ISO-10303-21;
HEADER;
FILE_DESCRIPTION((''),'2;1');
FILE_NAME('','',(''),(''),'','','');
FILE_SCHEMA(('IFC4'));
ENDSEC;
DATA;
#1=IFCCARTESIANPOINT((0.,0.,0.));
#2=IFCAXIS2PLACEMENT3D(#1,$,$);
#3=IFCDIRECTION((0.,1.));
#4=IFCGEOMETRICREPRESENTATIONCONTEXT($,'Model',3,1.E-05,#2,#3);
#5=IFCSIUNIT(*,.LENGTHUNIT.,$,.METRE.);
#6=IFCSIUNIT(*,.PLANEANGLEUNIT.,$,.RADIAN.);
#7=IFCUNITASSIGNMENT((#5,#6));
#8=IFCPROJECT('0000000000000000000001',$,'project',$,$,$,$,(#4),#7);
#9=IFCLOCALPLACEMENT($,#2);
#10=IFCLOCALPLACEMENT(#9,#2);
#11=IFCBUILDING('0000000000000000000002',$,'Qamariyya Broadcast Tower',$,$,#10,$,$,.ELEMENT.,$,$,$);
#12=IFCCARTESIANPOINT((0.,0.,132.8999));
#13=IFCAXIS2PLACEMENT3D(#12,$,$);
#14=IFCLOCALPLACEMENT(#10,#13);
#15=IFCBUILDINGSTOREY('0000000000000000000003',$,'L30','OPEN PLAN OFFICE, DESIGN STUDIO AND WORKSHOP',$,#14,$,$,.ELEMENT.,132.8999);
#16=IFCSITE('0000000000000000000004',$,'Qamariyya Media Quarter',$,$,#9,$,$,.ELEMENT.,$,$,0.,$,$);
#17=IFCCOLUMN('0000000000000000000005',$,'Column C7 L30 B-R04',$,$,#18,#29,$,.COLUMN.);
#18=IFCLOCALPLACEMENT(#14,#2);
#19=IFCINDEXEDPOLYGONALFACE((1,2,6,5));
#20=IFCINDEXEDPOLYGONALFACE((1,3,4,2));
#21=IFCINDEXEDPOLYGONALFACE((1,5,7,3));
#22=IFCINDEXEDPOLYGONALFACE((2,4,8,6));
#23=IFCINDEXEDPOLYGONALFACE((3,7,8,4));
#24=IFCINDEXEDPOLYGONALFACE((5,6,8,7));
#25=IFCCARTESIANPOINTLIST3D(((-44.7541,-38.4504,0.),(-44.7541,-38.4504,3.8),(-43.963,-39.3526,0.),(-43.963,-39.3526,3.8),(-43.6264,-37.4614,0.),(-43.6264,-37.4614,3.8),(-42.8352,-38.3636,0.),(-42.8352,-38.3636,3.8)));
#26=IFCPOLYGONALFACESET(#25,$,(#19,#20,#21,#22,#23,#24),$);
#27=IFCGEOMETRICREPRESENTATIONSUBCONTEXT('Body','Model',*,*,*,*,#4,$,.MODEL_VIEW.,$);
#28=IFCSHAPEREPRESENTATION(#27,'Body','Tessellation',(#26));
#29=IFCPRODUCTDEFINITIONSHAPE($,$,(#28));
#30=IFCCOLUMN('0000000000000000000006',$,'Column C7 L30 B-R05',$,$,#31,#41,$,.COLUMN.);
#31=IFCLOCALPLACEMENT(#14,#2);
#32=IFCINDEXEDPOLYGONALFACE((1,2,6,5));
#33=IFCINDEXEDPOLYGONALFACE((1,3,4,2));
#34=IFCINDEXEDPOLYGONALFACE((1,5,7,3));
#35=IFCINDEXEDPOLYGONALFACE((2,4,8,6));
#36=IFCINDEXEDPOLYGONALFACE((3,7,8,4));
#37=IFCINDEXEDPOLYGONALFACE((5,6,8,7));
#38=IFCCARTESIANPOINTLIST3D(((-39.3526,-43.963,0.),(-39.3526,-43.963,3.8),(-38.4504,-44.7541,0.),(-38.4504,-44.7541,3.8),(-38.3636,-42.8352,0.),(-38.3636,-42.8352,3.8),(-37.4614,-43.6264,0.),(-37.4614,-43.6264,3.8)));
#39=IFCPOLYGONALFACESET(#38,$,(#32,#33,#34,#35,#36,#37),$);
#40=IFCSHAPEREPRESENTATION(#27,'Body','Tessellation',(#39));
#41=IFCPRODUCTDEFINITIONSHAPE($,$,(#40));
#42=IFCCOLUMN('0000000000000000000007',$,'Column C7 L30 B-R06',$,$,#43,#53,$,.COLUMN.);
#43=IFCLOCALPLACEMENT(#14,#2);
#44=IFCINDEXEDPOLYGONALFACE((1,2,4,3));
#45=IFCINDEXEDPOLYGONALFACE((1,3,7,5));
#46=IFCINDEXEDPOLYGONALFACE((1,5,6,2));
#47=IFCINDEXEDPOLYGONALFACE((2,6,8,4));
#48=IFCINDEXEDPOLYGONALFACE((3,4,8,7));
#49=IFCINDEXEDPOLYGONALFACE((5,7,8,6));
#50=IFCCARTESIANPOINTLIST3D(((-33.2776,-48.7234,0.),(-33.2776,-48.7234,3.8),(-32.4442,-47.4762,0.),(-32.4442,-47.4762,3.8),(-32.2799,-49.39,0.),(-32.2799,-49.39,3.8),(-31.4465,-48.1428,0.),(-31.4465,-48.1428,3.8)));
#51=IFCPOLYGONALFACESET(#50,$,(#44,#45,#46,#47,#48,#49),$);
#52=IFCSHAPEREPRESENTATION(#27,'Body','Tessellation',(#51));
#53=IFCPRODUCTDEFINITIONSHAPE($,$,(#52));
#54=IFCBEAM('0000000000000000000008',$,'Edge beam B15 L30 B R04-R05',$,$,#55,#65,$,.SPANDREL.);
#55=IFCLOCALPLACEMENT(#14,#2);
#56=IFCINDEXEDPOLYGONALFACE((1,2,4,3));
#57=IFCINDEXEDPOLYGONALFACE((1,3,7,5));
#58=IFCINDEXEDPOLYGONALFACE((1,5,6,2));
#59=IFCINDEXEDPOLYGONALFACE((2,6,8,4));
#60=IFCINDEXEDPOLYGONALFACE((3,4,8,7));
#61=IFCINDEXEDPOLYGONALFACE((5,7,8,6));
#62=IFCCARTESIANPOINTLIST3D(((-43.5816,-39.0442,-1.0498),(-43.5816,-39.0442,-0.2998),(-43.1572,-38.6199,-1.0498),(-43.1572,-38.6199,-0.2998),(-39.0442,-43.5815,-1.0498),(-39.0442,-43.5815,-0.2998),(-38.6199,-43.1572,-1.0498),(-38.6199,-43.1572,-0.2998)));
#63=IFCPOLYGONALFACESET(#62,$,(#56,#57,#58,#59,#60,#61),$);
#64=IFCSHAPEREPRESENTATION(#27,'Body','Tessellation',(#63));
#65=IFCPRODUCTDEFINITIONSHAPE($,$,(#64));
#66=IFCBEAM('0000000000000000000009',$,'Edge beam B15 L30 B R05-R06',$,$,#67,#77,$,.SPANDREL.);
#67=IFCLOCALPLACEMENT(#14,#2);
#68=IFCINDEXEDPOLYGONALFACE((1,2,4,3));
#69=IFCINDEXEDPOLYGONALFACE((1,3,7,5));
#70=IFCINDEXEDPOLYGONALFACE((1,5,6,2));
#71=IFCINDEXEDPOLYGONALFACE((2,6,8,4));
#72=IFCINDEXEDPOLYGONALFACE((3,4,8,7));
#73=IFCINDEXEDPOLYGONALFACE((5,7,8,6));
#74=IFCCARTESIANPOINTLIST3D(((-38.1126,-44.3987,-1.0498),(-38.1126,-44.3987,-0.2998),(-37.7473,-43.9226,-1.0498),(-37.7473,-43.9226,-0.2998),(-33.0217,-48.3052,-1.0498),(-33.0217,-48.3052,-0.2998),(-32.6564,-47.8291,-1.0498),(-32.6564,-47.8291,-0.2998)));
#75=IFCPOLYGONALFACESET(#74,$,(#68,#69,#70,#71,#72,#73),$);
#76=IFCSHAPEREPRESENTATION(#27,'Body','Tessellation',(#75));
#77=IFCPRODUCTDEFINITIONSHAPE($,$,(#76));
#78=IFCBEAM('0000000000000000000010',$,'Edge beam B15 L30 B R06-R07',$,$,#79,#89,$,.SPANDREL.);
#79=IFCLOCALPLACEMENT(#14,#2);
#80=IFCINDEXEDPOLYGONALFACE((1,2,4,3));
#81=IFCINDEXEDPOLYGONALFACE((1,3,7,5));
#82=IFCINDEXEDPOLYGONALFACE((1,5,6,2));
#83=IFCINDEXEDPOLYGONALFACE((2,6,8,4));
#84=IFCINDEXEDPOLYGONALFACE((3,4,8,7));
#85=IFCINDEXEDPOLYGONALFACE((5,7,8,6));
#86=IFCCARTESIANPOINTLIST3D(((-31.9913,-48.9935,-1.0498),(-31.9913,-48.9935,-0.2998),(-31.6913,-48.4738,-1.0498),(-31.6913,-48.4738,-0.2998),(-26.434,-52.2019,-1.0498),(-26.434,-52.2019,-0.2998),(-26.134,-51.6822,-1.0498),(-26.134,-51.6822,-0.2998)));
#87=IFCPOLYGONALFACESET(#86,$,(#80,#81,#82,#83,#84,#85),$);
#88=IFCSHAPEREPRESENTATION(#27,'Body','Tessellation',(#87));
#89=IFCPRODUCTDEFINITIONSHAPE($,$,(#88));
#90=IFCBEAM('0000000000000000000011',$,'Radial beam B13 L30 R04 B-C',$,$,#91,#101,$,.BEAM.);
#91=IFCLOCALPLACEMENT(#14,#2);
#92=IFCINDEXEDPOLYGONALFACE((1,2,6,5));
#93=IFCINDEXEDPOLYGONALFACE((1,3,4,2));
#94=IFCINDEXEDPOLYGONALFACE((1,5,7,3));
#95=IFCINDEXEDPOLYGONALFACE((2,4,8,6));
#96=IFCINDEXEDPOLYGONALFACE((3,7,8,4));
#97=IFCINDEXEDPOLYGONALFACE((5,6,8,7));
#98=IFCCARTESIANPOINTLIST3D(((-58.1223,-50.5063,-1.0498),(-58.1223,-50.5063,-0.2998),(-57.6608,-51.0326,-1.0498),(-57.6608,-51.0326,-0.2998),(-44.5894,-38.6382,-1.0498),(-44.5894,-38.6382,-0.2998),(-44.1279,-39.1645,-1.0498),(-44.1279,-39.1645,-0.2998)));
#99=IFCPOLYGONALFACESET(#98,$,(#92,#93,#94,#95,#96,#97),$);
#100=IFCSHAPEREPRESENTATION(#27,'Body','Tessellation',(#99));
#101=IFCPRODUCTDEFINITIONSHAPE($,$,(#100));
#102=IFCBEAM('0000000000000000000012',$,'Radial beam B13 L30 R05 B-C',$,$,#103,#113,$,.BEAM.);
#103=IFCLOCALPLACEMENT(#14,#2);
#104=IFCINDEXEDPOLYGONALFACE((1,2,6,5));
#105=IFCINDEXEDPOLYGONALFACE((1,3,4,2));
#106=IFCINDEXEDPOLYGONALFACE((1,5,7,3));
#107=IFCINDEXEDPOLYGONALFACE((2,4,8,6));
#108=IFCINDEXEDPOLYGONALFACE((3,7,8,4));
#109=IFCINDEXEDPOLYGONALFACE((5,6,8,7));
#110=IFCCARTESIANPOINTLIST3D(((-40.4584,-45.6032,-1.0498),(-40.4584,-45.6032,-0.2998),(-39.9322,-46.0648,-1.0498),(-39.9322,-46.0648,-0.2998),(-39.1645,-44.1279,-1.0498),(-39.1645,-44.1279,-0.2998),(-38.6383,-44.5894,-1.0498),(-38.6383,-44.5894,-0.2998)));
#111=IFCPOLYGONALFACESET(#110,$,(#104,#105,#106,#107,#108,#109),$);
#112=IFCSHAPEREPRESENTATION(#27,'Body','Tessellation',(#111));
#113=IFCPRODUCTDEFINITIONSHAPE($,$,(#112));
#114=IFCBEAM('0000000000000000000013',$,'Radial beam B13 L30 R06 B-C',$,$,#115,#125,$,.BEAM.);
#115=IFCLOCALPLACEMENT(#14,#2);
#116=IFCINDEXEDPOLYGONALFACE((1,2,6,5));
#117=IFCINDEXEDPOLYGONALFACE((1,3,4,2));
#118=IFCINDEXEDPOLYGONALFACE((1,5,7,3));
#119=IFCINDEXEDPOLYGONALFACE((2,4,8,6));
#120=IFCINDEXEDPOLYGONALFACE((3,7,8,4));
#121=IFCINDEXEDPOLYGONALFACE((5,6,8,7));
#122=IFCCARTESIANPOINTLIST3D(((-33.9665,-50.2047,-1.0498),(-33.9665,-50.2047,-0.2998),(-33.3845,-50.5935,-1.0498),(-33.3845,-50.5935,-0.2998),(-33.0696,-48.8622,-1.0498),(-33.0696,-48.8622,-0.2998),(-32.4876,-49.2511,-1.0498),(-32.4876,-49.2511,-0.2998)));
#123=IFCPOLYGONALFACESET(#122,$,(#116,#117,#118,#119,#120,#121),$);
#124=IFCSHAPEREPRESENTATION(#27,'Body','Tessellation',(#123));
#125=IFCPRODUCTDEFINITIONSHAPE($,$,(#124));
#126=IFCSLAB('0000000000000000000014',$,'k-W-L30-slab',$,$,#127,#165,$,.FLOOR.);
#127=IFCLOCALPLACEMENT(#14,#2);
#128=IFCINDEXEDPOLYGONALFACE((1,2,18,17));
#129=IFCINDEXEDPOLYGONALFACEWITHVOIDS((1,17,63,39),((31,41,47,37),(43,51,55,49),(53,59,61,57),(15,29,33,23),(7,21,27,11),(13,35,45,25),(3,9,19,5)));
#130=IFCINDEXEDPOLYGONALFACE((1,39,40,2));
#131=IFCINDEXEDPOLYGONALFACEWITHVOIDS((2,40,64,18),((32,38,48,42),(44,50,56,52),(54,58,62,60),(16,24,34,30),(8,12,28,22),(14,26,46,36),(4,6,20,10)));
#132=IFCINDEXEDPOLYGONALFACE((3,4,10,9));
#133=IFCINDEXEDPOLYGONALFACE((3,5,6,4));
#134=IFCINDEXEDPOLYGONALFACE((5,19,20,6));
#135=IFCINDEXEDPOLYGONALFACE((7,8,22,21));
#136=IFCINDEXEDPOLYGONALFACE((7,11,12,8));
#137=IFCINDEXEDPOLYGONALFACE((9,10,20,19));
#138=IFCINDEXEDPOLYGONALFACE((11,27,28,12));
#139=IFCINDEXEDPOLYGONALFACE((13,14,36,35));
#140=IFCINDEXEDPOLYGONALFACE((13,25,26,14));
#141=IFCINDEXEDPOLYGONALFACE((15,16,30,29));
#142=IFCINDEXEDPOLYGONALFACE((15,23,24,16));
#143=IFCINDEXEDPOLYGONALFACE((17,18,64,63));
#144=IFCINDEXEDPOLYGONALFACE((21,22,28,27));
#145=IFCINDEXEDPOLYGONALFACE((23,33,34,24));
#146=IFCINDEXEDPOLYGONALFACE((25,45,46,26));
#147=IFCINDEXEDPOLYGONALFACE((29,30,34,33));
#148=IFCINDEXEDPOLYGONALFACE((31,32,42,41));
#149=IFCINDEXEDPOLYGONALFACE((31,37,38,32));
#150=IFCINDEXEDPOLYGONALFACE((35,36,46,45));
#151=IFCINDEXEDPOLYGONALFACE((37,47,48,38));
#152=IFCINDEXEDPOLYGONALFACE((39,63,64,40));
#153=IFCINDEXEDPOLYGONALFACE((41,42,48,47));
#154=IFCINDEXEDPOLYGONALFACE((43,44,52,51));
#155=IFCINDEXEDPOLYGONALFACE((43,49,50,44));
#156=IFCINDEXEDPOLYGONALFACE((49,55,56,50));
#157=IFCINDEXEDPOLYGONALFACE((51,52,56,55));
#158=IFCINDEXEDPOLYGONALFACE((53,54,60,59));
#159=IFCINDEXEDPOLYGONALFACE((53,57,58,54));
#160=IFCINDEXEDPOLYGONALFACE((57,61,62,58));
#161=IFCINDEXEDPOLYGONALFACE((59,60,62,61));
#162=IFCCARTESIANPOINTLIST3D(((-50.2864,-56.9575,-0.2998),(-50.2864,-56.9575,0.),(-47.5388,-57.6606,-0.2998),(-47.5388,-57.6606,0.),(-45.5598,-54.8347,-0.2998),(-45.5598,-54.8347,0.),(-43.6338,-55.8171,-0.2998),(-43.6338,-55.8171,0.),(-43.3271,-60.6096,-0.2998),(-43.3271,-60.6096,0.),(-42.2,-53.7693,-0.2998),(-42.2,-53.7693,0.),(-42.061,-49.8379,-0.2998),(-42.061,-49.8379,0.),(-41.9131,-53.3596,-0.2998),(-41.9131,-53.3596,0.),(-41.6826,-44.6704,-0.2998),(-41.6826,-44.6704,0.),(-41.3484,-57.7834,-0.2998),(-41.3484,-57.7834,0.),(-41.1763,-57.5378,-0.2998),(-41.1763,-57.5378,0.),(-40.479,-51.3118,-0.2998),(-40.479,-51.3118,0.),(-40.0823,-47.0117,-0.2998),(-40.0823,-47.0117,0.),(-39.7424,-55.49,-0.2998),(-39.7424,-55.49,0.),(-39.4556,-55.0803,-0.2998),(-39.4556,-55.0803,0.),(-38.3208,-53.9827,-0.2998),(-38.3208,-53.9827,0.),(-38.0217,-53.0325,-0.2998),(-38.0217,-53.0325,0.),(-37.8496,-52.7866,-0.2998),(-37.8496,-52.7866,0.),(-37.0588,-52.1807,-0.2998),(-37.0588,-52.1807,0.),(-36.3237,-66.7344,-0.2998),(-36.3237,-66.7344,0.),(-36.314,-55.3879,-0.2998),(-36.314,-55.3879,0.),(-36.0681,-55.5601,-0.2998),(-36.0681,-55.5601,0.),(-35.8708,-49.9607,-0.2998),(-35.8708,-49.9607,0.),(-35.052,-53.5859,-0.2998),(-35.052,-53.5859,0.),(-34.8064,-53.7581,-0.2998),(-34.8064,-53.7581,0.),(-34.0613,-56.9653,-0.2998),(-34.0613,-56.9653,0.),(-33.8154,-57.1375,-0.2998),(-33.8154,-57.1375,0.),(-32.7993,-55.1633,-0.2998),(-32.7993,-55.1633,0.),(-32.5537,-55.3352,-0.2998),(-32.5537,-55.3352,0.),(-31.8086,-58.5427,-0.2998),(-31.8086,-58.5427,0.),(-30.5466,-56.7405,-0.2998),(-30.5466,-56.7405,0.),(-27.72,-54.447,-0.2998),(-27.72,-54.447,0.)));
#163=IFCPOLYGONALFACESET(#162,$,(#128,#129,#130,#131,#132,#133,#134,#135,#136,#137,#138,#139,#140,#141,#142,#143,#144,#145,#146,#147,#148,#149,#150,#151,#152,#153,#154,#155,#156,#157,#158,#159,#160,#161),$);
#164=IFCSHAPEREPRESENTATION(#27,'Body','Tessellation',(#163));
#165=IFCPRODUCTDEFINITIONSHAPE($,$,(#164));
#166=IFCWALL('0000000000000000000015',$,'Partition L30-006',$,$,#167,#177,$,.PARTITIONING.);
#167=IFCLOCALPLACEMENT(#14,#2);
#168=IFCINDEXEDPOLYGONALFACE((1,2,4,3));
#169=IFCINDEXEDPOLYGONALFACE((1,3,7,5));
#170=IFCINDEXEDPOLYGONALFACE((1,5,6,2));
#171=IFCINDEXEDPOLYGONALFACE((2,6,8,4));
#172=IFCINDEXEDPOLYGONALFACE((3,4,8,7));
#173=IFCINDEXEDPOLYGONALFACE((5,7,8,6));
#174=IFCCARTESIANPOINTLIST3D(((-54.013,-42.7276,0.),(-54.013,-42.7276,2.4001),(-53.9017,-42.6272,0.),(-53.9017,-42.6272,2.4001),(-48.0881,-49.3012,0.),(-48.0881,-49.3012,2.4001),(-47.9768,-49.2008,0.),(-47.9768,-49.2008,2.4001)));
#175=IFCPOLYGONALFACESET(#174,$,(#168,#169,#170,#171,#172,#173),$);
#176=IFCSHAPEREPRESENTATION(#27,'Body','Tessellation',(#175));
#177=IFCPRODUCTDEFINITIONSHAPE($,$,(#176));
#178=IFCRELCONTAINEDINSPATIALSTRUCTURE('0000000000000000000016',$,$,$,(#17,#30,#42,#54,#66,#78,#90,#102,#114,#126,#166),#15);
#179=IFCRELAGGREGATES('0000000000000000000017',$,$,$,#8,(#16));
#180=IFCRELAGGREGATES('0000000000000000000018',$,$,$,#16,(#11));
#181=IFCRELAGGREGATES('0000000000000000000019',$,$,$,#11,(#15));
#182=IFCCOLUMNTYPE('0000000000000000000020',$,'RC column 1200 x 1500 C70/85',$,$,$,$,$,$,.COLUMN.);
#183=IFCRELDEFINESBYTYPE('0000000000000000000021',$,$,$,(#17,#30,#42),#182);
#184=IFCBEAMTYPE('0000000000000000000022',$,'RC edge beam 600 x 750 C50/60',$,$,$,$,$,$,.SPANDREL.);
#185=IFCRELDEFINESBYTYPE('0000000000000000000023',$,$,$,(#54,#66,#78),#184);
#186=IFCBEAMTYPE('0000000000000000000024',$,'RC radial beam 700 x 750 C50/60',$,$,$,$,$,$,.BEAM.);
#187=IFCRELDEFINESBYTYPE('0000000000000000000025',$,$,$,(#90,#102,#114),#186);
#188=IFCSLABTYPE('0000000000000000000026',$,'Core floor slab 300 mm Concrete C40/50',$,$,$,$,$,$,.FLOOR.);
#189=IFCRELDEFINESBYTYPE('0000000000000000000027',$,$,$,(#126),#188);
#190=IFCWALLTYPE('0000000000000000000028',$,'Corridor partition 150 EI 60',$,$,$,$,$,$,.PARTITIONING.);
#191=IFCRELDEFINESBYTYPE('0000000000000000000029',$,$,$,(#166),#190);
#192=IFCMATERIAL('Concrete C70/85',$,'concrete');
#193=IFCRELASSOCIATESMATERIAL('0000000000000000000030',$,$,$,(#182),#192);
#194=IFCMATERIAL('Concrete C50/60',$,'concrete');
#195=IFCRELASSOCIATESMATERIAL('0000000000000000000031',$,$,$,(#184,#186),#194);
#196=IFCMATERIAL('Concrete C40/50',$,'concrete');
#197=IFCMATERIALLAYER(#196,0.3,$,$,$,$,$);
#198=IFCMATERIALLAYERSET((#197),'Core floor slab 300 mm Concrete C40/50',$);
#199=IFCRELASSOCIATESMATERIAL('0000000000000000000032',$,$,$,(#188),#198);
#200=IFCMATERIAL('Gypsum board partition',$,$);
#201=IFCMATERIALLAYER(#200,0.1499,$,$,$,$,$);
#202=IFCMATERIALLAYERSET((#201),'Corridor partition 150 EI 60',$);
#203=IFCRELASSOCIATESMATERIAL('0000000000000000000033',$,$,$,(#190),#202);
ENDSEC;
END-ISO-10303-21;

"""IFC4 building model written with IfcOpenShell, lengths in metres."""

from ifc_helpers import new_model, si_unit, direction, frame, frame_2d, origin, origin_2d, place, context, subcontext, project, spatial, polyline, rectangle, outline, extrude, material, layer, layer_set, material_profile, profile_set, type_object, element, save


model = new_model("IFC4")

# Units and contexts
model_context = context("Model", 3, precision=1e-05, world=origin(), true_north=direction((0.0, 1.0)))
body_context = subcontext(model_context, "Body", "Model", "MODEL_VIEW")
ifc_project = project(units=[si_unit("LENGTHUNIT", "METRE"), si_unit("PLANEANGLEUNIT", "RADIAN")], contexts=[model_context])

# Site, building, storey
site_placement = place(None, origin())
site = spatial("IfcSite", under=ifc_project, at=site_placement, Name="Qamariyya Media Quarter", CompositionType="ELEMENT", RefElevation=0.0)
building_placement = place(site_placement, origin())
building = spatial("IfcBuilding", under=site, at=building_placement, Name="Qamariyya Broadcast Tower", CompositionType="ELEMENT")
storey_placement = place(building_placement, frame((0.0, 0.0, 132.8999)))
storey = spatial("IfcBuildingStorey", under=building, at=storey_placement, Name="L30", Description="OPEN PLAN OFFICE, DESIGN STUDIO AND WORKSHOP", CompositionType="ELEMENT", Elevation=132.8999)

# Columns
ifc_material_1 = material(Name="Concrete C70/85", Category="concrete")
ifc_material_profile_1 = material_profile(ifc_material_1, rectangle(XDim=1.2, YDim=1.5, at=origin_2d()))
ifc_profile_set_1 = profile_set([ifc_material_profile_1], Name="Concrete C70/85")
column_type = type_object("IfcColumnType", Name="RC column 1200 x 1500 C70/85", PredefinedType="COLUMN", material=ifc_profile_set_1)
for number, where, z_axis, x_axis, name in (
    (1, (-43.7947, -38.407, 0.0), (0.0, 0.0, 1.0), (0.659346, -0.75184, 0.0), "Column C7 L30 B-R04"),
    (2, (-38.407, -43.7947, 0.0), (0.0, 0.0, 1.0), (0.75184, -0.659346, 0.0), "Column C7 L30 B-R05"),
    (3, (-32.3621, -48.4331, 0.0), (0.0, 0.0, 1.0), (0.83147, -0.55557, 0.0), "Column C7 L30 B-R06"),
):
    element("IfcColumn", number, at=place(storey_placement, frame(where, z_axis=z_axis, x_axis=x_axis)), inside=storey, type_object=column_type, Name=name, PredefinedType="COLUMN", context=body_context, shape_type="SweptSolid", body=[
        extrude(rectangle(XDim=1.2, YDim=1.5, at=origin_2d()), origin(), (0.0, 0.0, 1.0), 3.8),
    ])

# Beams
ifc_material_2 = material(Name="Concrete C50/60", Category="concrete")
ifc_material_profile_2 = material_profile(ifc_material_2, rectangle(XDim=0.6001, YDim=0.75, at=origin_2d()))
ifc_profile_set_2 = profile_set([ifc_material_profile_2], Name="Concrete C50/60")
beam_type_1 = type_object("IfcBeamType", Name="RC edge beam 600 x 750 C50/60", PredefinedType="SPANDREL", material=ifc_profile_set_2)
beam_1_placement = place(storey_placement, frame((-43.3694, -38.832, -0.6748), z_axis=(0.707107, -0.707107, 0.0), x_axis=(0.707107, 0.707107, 0.0)))
element("IfcBeam", 4, at=beam_1_placement, inside=storey, type_object=beam_type_1, Name="Edge beam B15 L30 B R04-R05", PredefinedType="SPANDREL", context=body_context, shape_type="SweptSolid", body=[
    extrude(rectangle(XDim=0.6001, YDim=0.75, at=origin_2d()), origin(), (0.0, 0.0, 1.0), 6.4167),
])
for number, where, z_axis, x_axis, name in (
    (5, (-37.9299, -44.1606, -0.6748), (0.793341, -0.608778, 0.0), (0.608778, 0.793341, 0.0), "Edge beam B15 L30 B R05-R06"),
    (6, (-31.8413, -48.7336, -0.6748), (0.866029, -0.499994, 0.0), (0.499994, 0.866029, 0.0), "Edge beam B15 L30 B R06-R07"),
):
    element("IfcBeam", number, at=place(storey_placement, frame(where, z_axis=z_axis, x_axis=x_axis)), inside=storey, type_object=beam_type_1, Name=name, PredefinedType="SPANDREL", context=body_context, shape_type="SweptSolid", body=[
        extrude(rectangle(XDim=0.6001, YDim=0.75, at=origin_2d()), origin(), (0.0, 0.0, 1.0), 6.417),
    ])
ifc_material_profile_3 = material_profile(ifc_material_2, rectangle(XDim=0.7, YDim=0.75, at=origin_2d()))
ifc_profile_set_3 = profile_set([ifc_material_profile_3], Name="Concrete C50/60")
beam_type_2 = type_object("IfcBeamType", Name="RC radial beam 700 x 750 C50/60", PredefinedType="BEAM", material=ifc_profile_set_3)
beam_2_placement = place(storey_placement, frame((-44.3586, -38.9014, -0.6748), z_axis=(-0.751838, -0.659348, 0.0), x_axis=(0.659348, -0.751838, 0.0)))
element("IfcBeam", 7, at=beam_2_placement, inside=storey, type_object=beam_type_2, Name="Radial beam B13 L30 R04 B-C", PredefinedType="BEAM", context=body_context, shape_type="SweptSolid", body=[
    extrude(rectangle(XDim=0.7, YDim=0.75, at=origin_2d()), origin(), (0.0, 0.0, 1.0), 17.9998),
])
beam_3_placement = place(storey_placement, frame((-38.9014, -44.3586, -0.6748), z_axis=(-0.659376, -0.751813, 0.0), x_axis=(0.751813, -0.659376, 0.0)))
element("IfcBeam", 8, at=beam_3_placement, inside=storey, type_object=beam_type_2, Name="Radial beam B13 L30 R05 B-C", PredefinedType="BEAM", context=body_context, shape_type="SweptSolid", body=[
    extrude(rectangle(XDim=0.7, YDim=0.75, at=origin_2d()), origin(), (0.0, 0.0, 1.0), 1.9624),
])
beam_4_placement = place(storey_placement, frame((-32.7786, -49.0566, -0.6748), z_axis=(-0.555537, -0.831492, 0.0), x_axis=(0.831492, -0.555537, 0.0)))
element("IfcBeam", 9, at=beam_4_placement, inside=storey, type_object=beam_type_2, Name="Radial beam B13 L30 R06 B-C", PredefinedType="BEAM", context=body_context, shape_type="SweptSolid", body=[
    extrude(rectangle(XDim=0.7, YDim=0.75, at=origin_2d()), origin(), (0.0, 0.0, 1.0), 1.6145),
])

# Slab
ifc_material_3 = material(Name="Concrete C40/50", Category="concrete")
ifc_layer_1 = layer(ifc_material_3, 0.3)
ifc_layer_set_1 = layer_set([ifc_layer_1], Name="Core floor slab 300 mm Concrete C40/50")
slab_type_1 = type_object("IfcSlabType", Name="Core floor slab 300 mm Concrete C40/50", PredefinedType="FLOOR", material=ifc_layer_set_1)
slab_1_placement = place(storey_placement, frame((0.0, 0.0, -0.2998)))
element("IfcSlab", 10, at=slab_1_placement, inside=storey, type_object=slab_type_1, Name="k-W-L30-slab", PredefinedType="FLOOR", context=body_context, shape_type="SweptSolid", body=[
    extrude(outline(polyline([(-50.2864, -56.9575), (-36.3237, -66.7344), (-27.72, -54.447), (-41.6826, -44.6704), (-50.2864, -56.9575)]), holes=[polyline([(-31.8086, -58.5427), (-33.8154, -57.1375), (-32.5537, -55.3352), (-30.5466, -56.7405), (-31.8086, -58.5427)]), polyline([(-34.0613, -56.9653), (-36.0681, -55.5601), (-34.8064, -53.7581), (-32.7993, -55.1633), (-34.0613, -56.9653)]), polyline([(-36.314, -55.3879), (-38.3208, -53.9827), (-37.0588, -52.1807), (-35.052, -53.5859), (-36.314, -55.3879)]), polyline([(-39.7424, -55.49), (-42.2, -53.7693), (-43.6338, -55.8171), (-41.1763, -57.5378), (-39.7424, -55.49)]), polyline([(-39.4556, -55.0803), (-41.9131, -53.3596), (-40.479, -51.3118), (-38.0217, -53.0325), (-39.4556, -55.0803)]), polyline([(-42.061, -49.8379), (-37.8496, -52.7866), (-35.8708, -49.9607), (-40.0823, -47.0117), (-42.061, -49.8379)]), polyline([(-47.5388, -57.6606), (-43.3271, -60.6096), (-41.3484, -57.7834), (-45.5598, -54.8347), (-47.5388, -57.6606)])]), origin(), (0.0, 0.0, 1.0), 0.2998),
])

# Wall
ifc_material_4 = material(Name="Gypsum board partition")
ifc_layer_2 = layer(ifc_material_4, 0.1499)
ifc_layer_set_2 = layer_set([ifc_layer_2], Name="Corridor partition 150 EI 60")
wall_type_1 = type_object("IfcWallType", Name="Corridor partition 150 EI 60", PredefinedType="PARTITIONING", material=ifc_layer_set_2)
wall_1_placement = place(storey_placement, frame((-48.0325, -49.251, 0.0), z_axis=(0.0, 0.0, 1.0), x_axis=(-0.669506, 0.742807, 0.0)))
element("IfcWall", 11, at=wall_1_placement, inside=storey, type_object=wall_type_1, Name="Partition L30-006", PredefinedType="PARTITIONING", context=body_context, shape_type="SweptSolid", body=[
    extrude(rectangle(XDim=8.8496, YDim=0.1499, at=frame_2d((4.4248, 0.0))), origin(), (0.0, 0.0, 1.0), 2.4001),
])

save(model, "model.ifc")
